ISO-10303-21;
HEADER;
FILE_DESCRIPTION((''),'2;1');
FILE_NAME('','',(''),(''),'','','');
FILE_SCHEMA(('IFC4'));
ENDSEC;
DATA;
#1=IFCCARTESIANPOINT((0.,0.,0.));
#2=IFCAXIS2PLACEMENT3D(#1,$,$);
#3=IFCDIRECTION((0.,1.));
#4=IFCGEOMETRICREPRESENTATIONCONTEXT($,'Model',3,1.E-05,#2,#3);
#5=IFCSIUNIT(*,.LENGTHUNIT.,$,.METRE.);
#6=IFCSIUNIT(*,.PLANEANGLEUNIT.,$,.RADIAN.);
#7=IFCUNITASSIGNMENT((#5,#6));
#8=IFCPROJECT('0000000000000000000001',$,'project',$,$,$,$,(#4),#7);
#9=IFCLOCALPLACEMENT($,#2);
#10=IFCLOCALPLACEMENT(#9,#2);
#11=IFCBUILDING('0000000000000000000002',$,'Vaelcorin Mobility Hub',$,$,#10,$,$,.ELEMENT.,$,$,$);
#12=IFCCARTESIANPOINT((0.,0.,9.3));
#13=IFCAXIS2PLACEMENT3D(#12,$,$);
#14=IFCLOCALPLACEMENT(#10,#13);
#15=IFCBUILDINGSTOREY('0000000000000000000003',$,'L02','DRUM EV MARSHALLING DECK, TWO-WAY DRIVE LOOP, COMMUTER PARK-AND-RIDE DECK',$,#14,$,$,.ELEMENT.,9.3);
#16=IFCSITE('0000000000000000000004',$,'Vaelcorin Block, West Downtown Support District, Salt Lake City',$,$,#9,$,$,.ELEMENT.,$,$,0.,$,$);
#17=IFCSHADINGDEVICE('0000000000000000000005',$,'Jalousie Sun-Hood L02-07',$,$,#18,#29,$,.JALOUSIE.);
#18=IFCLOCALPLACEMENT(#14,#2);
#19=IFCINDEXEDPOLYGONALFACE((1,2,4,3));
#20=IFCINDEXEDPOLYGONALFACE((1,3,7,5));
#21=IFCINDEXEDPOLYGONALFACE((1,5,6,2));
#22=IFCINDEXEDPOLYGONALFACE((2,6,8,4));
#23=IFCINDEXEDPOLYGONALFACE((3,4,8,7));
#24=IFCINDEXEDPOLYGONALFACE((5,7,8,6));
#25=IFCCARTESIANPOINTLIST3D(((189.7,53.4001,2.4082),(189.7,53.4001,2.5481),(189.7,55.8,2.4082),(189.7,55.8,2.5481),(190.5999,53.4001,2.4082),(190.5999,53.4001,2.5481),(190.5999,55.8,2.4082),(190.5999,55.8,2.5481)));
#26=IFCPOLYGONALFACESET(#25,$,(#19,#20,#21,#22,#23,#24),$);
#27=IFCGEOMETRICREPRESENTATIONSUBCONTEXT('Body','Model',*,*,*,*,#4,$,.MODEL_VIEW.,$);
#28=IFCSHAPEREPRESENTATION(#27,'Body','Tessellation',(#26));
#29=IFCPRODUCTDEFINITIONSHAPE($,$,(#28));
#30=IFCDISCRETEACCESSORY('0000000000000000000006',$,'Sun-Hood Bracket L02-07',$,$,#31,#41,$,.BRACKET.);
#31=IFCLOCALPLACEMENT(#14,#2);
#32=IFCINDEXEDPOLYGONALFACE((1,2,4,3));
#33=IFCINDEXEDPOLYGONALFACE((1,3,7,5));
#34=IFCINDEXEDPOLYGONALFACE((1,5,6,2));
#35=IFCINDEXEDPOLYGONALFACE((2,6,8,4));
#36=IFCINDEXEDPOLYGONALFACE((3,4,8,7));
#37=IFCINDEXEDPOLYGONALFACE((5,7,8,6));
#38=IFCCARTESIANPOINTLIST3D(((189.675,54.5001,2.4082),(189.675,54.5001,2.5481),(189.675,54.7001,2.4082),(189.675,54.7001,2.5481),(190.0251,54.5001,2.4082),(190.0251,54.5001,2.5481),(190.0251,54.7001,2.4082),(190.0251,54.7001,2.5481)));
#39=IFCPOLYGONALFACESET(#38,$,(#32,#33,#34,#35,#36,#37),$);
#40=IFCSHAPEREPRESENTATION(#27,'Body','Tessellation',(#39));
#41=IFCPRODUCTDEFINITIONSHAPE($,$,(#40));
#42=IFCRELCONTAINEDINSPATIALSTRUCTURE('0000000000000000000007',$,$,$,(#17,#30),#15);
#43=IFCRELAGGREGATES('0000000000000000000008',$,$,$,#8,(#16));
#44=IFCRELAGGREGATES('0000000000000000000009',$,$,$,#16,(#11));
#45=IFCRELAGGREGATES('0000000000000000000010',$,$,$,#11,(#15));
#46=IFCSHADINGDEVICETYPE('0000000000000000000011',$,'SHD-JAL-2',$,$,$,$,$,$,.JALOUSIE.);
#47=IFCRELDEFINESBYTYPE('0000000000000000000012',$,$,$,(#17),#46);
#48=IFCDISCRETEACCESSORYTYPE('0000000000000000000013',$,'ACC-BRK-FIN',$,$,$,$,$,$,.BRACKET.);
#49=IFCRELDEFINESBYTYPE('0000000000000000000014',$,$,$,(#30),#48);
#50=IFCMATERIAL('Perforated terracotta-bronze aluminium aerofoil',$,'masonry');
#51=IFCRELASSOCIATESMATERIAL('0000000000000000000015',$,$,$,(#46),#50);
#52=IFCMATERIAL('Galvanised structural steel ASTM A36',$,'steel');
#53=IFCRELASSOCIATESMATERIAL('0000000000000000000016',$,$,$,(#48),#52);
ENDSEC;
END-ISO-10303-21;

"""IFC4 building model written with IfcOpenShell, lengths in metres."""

from ifc_helpers import new_model, si_unit, direction, frame, origin, origin_2d, place, context, subcontext, project, spatial, rectangle, extrude, material, type_object, element, save


model = new_model("IFC4")

# Units and contexts
model_context = context("Model", 3, precision=1e-05, world=origin(), true_north=direction((0.0, 1.0)))
body_context = subcontext(model_context, "Body", "Model", "MODEL_VIEW")
ifc_project = project(units=[si_unit("LENGTHUNIT", "METRE"), si_unit("PLANEANGLEUNIT", "RADIAN")], contexts=[model_context])

# Site, building, storey
site_placement = place(None, origin())
site = spatial("IfcSite", under=ifc_project, at=site_placement, Name="Vaelcorin Block, West Downtown Support District, Salt Lake City", CompositionType="ELEMENT", RefElevation=0.0)
building_placement = place(site_placement, origin())
building = spatial("IfcBuilding", under=site, at=building_placement, Name="Vaelcorin Mobility Hub", CompositionType="ELEMENT")
storey_placement = place(building_placement, frame((0.0, 0.0, 9.3)))
storey = spatial("IfcBuildingStorey", under=building, at=storey_placement, Name="L02", Description="DRUM EV MARSHALLING DECK, TWO-WAY DRIVE LOOP, COMMUTER PARK-AND-RIDE DECK", CompositionType="ELEMENT", Elevation=9.3)

# Shading device
ifc_material_1 = material(Name="Perforated terracotta-bronze aluminium aerofoil", Category="masonry")
shading_device_type = type_object("IfcShadingDeviceType", Name="SHD-JAL-2", PredefinedType="JALOUSIE", material=ifc_material_1)
shading_device_placement = place(storey_placement, frame((190.1499, 54.6001, 2.4082), z_axis=(0.0, 0.0, 1.0), x_axis=(1.0, 0.0, 0.0)))
element("IfcShadingDevice", 1, at=shading_device_placement, inside=storey, type_object=shading_device_type, Name="Jalousie Sun-Hood L02-07", PredefinedType="JALOUSIE", context=body_context, shape_type="SweptSolid", body=[
    extrude(rectangle(XDim=0.8999, YDim=2.3999, at=origin_2d()), origin(), (0.0, 0.0, 1.0), 0.1399),
])

# Discrete accessory
ifc_material_2 = material(Name="Galvanised structural steel ASTM A36", Category="steel")
discrete_accessory_type = type_object("IfcDiscreteAccessoryType", Name="ACC-BRK-FIN", PredefinedType="BRACKET", material=ifc_material_2)
discrete_accessory_placement = place(storey_placement, frame((189.8501, 54.6001, 2.4082), z_axis=(0.0, 0.0, 1.0), x_axis=(1.0, 0.0, 0.0)))
element("IfcDiscreteAccessory", 2, at=discrete_accessory_placement, inside=storey, type_object=discrete_accessory_type, Name="Sun-Hood Bracket L02-07", PredefinedType="BRACKET", context=body_context, shape_type="SweptSolid", body=[
    extrude(rectangle(XDim=0.3501, YDim=0.2, at=origin_2d()), origin(), (0.0, 0.0, 1.0), 0.1399),
])

save(model, "model.ifc")
